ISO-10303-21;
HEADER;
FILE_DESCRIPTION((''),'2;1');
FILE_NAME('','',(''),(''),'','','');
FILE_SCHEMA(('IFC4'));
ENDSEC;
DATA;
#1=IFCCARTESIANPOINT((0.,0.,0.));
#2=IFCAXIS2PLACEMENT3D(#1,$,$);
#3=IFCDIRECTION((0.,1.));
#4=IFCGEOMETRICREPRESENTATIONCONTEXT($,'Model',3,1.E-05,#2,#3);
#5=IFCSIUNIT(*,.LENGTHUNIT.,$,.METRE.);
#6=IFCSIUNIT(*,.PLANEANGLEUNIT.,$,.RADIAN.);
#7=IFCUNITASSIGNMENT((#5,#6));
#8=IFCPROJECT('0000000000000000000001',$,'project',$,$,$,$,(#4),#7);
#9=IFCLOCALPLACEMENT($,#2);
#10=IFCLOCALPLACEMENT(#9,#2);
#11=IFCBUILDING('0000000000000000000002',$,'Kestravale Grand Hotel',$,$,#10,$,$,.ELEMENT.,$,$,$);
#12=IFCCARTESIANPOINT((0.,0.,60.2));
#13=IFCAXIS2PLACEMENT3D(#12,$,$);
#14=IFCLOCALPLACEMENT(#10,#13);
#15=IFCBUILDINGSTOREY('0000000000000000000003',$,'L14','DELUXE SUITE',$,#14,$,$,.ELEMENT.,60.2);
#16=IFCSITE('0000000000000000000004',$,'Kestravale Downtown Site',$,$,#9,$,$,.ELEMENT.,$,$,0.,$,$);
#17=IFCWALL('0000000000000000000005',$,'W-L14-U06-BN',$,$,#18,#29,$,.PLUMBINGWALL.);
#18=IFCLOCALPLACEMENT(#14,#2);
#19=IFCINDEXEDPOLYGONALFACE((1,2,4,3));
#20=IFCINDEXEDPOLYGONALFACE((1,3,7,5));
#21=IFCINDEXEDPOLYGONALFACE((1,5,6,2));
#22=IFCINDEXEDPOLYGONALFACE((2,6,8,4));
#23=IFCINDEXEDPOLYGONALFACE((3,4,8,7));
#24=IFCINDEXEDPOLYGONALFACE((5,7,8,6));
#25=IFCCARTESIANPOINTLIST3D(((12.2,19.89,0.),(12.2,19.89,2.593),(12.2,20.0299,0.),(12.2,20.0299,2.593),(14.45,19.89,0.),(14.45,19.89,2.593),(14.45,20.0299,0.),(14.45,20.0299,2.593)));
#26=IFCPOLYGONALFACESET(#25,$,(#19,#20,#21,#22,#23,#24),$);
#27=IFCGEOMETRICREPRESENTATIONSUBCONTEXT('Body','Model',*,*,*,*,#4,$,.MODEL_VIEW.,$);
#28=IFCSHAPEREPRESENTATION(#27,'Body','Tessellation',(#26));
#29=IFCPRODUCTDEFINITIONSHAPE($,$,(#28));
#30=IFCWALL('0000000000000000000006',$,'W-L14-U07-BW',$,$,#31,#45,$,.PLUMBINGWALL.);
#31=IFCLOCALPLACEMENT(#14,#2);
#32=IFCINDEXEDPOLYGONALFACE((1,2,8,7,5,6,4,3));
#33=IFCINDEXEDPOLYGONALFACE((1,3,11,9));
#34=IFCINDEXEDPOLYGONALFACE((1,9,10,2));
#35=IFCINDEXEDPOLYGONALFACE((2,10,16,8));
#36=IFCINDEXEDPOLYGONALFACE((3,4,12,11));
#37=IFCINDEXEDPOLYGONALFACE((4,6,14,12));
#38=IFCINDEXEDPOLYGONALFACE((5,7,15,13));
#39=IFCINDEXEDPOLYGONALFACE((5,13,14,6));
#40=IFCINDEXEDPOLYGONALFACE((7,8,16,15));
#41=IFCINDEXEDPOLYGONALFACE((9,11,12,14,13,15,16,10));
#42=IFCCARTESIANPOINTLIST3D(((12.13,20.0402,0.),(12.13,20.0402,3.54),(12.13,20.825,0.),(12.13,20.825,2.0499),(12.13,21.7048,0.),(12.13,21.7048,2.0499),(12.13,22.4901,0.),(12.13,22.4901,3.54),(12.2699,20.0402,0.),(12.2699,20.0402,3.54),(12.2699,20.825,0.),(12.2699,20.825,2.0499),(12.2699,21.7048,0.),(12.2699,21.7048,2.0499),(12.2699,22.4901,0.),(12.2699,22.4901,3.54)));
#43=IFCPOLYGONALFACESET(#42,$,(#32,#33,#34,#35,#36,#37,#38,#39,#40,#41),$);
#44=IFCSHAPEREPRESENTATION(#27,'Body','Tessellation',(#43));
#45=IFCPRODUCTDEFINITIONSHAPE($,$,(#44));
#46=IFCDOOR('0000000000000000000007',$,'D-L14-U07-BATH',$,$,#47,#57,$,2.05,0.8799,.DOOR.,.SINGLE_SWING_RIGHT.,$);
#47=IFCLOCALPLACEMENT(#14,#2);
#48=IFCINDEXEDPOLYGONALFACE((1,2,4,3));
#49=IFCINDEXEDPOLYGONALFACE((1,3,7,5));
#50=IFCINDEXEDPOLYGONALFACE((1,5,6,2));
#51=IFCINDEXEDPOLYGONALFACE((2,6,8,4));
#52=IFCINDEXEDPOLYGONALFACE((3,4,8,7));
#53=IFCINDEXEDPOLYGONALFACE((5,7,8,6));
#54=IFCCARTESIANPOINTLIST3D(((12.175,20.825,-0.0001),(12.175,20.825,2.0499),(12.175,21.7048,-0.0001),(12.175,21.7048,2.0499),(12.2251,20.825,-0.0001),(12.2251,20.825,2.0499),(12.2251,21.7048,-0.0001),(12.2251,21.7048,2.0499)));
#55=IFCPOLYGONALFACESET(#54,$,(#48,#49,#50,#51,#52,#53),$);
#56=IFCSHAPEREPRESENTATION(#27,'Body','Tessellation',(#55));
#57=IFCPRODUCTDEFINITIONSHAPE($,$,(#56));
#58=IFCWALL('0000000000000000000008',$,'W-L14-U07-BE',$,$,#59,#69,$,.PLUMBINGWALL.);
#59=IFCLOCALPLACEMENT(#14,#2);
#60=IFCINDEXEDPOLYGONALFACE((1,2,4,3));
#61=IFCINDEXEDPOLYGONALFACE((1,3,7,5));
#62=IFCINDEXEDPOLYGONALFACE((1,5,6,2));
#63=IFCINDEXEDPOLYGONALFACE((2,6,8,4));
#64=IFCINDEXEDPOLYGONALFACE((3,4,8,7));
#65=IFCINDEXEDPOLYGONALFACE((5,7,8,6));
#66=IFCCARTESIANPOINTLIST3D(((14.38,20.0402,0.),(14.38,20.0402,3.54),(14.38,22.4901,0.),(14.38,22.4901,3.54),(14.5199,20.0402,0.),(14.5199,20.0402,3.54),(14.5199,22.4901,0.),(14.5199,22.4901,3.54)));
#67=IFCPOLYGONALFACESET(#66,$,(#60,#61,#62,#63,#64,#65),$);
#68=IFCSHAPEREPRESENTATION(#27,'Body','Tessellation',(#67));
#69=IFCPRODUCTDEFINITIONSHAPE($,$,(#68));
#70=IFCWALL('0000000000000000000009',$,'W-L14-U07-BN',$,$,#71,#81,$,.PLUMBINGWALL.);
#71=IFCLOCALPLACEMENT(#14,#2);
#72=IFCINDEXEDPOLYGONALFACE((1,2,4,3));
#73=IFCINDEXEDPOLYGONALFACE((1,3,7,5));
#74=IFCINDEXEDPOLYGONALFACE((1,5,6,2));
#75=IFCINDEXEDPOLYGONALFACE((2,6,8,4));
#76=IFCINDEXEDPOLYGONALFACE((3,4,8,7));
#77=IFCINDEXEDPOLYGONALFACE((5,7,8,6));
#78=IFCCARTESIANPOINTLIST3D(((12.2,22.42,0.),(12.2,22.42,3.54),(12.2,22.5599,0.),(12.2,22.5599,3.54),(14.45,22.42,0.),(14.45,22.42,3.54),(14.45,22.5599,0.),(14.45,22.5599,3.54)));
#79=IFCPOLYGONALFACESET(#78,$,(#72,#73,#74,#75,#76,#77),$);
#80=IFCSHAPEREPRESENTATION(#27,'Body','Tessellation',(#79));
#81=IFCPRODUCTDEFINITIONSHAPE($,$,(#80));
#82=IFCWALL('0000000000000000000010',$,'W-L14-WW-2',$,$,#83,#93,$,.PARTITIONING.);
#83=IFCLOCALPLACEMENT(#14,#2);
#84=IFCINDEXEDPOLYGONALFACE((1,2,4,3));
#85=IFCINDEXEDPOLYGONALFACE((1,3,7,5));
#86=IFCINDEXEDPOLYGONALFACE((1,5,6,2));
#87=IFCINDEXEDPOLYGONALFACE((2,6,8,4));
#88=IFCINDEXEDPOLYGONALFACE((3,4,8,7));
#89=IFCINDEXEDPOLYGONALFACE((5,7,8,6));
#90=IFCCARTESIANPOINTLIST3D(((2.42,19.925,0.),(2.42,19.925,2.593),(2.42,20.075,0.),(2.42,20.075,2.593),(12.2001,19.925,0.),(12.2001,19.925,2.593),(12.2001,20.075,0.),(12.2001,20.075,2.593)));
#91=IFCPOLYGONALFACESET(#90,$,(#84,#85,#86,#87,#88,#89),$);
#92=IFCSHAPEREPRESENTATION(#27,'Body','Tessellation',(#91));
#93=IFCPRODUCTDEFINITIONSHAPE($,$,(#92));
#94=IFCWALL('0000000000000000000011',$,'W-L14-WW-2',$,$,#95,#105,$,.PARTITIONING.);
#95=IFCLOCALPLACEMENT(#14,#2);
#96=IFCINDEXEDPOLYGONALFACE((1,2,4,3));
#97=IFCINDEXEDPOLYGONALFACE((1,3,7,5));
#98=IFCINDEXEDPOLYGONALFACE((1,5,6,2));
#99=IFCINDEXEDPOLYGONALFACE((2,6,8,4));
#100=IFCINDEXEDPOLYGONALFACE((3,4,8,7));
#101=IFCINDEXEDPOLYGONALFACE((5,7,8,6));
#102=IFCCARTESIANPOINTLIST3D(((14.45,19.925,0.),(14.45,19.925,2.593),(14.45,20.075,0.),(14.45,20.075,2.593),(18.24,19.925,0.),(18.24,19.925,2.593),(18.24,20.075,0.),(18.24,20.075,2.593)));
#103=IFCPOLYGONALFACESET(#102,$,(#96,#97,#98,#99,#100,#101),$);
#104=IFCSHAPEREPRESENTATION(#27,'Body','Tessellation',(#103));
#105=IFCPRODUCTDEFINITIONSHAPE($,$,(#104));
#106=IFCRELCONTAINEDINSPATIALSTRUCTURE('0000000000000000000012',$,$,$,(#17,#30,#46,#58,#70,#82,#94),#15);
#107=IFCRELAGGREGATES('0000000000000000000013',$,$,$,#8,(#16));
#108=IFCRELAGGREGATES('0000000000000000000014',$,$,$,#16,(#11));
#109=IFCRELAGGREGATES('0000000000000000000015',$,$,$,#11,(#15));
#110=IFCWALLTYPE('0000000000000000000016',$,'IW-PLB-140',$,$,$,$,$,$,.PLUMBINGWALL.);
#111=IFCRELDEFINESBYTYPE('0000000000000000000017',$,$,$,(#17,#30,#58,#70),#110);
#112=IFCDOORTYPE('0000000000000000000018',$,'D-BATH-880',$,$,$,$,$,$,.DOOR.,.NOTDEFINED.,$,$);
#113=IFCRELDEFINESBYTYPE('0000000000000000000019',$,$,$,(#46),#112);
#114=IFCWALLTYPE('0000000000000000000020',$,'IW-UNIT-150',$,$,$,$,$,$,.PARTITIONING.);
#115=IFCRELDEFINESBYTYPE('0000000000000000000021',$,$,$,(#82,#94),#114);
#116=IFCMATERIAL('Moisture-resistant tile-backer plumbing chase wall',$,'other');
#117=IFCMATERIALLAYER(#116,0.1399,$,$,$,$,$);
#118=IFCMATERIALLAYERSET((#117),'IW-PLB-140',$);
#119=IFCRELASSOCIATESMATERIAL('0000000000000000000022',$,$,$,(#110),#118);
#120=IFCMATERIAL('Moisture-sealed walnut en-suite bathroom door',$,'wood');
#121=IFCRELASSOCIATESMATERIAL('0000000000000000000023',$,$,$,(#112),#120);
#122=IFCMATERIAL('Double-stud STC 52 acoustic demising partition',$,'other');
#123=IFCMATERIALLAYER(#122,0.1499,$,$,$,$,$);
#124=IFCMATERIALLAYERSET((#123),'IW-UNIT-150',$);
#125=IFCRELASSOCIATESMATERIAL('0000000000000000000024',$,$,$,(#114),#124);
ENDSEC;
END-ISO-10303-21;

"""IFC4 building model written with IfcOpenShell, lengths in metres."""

from ifc_helpers import new_model, si_unit, direction, frame, frame_2d, origin, place, context, subcontext, project, spatial, rectangle, extrude, material, layer, layer_set, type_object, element, fill, save


model = new_model("IFC4")

# Units and contexts
model_context = context("Model", 3, precision=1e-05, world=origin(), true_north=direction((0.0, 1.0)))
body_context = subcontext(model_context, "Body", "Model", "MODEL_VIEW")
ifc_project = project(units=[si_unit("LENGTHUNIT", "METRE"), si_unit("PLANEANGLEUNIT", "RADIAN")], contexts=[model_context])

# Site, building, storey
site_placement = place(None, origin())
site = spatial("IfcSite", under=ifc_project, at=site_placement, Name="Kestravale Downtown Site", CompositionType="ELEMENT", RefElevation=0.0)
building_placement = place(site_placement, origin())
building = spatial("IfcBuilding", under=site, at=building_placement, Name="Kestravale Grand Hotel", CompositionType="ELEMENT")
storey_placement = place(building_placement, frame((0.0, 0.0, 60.2)))
storey = spatial("IfcBuildingStorey", under=building, at=storey_placement, Name="L14", Description="DELUXE SUITE", CompositionType="ELEMENT", Elevation=60.2)

# Shared definitions
ifc_material_1 = material(Name="Moisture-resistant tile-backer plumbing chase wall", Category="other")
ifc_layer_1 = layer(ifc_material_1, 0.1399)
ifc_layer_set_1 = layer_set([ifc_layer_1], Name="IW-PLB-140")
wall_type_1 = type_object("IfcWallType", Name="IW-PLB-140", PredefinedType="PLUMBINGWALL", material=ifc_layer_set_1)
ifc_material_2 = material(Name="Moisture-sealed walnut en-suite bathroom door", Category="wood")
door_type_1 = type_object("IfcDoorType", Name="D-BATH-880", OperationType="NOTDEFINED", PredefinedType="DOOR", material=ifc_material_2)

# Wall
wall_1_placement = place(storey_placement, frame((12.2, 19.96, 0.0), z_axis=(0.0, 0.0, 1.0), x_axis=(1.0, 0.0, 0.0)))
element("IfcWall", 1, at=wall_1_placement, inside=storey, type_object=wall_type_1, Name="W-L14-U06-BN", PredefinedType="PLUMBINGWALL", context=body_context, shape_type="SweptSolid", body=[
    extrude(rectangle(XDim=2.25, YDim=0.1399, at=frame_2d((1.125, 0.0))), origin(), (0.0, 0.0, 1.0), 2.593),
])

# Wall, opening, door
wall_2_placement = place(storey_placement, frame((12.2, 20.04, 0.0), z_axis=(0.0, 0.0, 1.0), x_axis=(0.0, 1.0, 0.0)))
wall_2 = element("IfcWall", 2, at=wall_2_placement, inside=storey, type_object=wall_type_1, Name="W-L14-U07-BW", PredefinedType="PLUMBINGWALL", context=body_context, shape_type="SweptSolid", body=[
    extrude(rectangle(XDim=2.45, YDim=0.1399, at=frame_2d((1.2251, 0.0))), origin(), (0.0, 0.0, 1.0), 3.54),
])
opening_1_placement = place(wall_2_placement, frame((0.7849, 0.0, 0.0)))
opening_1 = element("IfcOpeningElement", 3, at=opening_1_placement, cuts=wall_2, PredefinedType="OPENING", context=body_context, shape_type="SweptSolid", body=[
    extrude(rectangle(XDim=0.8799, YDim=2.05, at=frame_2d((0.4399, 1.0249))), frame((0.0, 0.0798, 0.0), z_axis=(0.0, -1.0, 0.0), x_axis=(1.0, 0.0, 0.0)), (0.0, 0.0, 1.0), 0.1599),
])
door_1_placement = place(opening_1_placement, origin())
door_1 = element("IfcDoor", 4, at=door_1_placement, inside=storey, type_object=door_type_1, Name="D-L14-U07-BATH", OperationType="SINGLE_SWING_RIGHT", OverallHeight=2.05, OverallWidth=0.8799, PredefinedType="DOOR", context=body_context, shape_type="SweptSolid", body=[
    extrude(rectangle(XDim=0.8799, YDim=2.05, at=frame_2d((0.4399, 1.0249))), frame((0.0, 0.0249, 0.0), z_axis=(0.0, -1.0, 0.0), x_axis=(1.0, 0.0, 0.0)), (0.0, 0.0, 1.0), 0.05),
])
fill(opening_1, door_1)

# Walls
wall_3_placement = place(storey_placement, frame((14.45, 20.04, 0.0), z_axis=(0.0, 0.0, 1.0), x_axis=(0.0, 1.0, 0.0)))
element("IfcWall", 5, at=wall_3_placement, inside=storey, type_object=wall_type_1, Name="W-L14-U07-BE", PredefinedType="PLUMBINGWALL", context=body_context, shape_type="SweptSolid", body=[
    extrude(rectangle(XDim=2.45, YDim=0.1399, at=frame_2d((1.2251, 0.0))), origin(), (0.0, 0.0, 1.0), 3.54),
])
wall_4_placement = place(storey_placement, frame((12.2, 22.49, 0.0), z_axis=(0.0, 0.0, 1.0), x_axis=(1.0, 0.0, 0.0)))
element("IfcWall", 6, at=wall_4_placement, inside=storey, type_object=wall_type_1, Name="W-L14-U07-BN", PredefinedType="PLUMBINGWALL", context=body_context, shape_type="SweptSolid", body=[
    extrude(rectangle(XDim=2.25, YDim=0.1399, at=frame_2d((1.125, 0.0))), origin(), (0.0, 0.0, 1.0), 3.54),
])
ifc_material_3 = material(Name="Double-stud STC 52 acoustic demising partition", Category="other")
ifc_layer_2 = layer(ifc_material_3, 0.1499)
ifc_layer_set_2 = layer_set([ifc_layer_2], Name="IW-UNIT-150")
wall_type_2 = type_object("IfcWallType", Name="IW-UNIT-150", PredefinedType="PARTITIONING", material=ifc_layer_set_2)
wall_5_placement = place(storey_placement, frame((2.4199, 20.0, 0.0), z_axis=(0.0, 0.0, 1.0), x_axis=(1.0, 0.0, 0.0)))
element("IfcWall", 7, at=wall_5_placement, inside=storey, type_object=wall_type_2, Name="W-L14-WW-2", PredefinedType="PARTITIONING", context=body_context, shape_type="SweptSolid", body=[
    extrude(rectangle(XDim=9.78, YDim=0.1499, at=frame_2d((4.8901, 0.0))), origin(), (0.0, 0.0, 1.0), 2.593),
])
wall_6_placement = place(storey_placement, frame((14.45, 20.0, 0.0), z_axis=(0.0, 0.0, 1.0), x_axis=(1.0, 0.0, 0.0)))
element("IfcWall", 8, at=wall_6_placement, inside=storey, type_object=wall_type_2, Name="W-L14-WW-2", PredefinedType="PARTITIONING", context=body_context, shape_type="SweptSolid", body=[
    extrude(rectangle(XDim=3.79, YDim=0.1499, at=frame_2d((1.895, 0.0))), origin(), (0.0, 0.0, 1.0), 2.593),
])

save(model, "model.ifc")
